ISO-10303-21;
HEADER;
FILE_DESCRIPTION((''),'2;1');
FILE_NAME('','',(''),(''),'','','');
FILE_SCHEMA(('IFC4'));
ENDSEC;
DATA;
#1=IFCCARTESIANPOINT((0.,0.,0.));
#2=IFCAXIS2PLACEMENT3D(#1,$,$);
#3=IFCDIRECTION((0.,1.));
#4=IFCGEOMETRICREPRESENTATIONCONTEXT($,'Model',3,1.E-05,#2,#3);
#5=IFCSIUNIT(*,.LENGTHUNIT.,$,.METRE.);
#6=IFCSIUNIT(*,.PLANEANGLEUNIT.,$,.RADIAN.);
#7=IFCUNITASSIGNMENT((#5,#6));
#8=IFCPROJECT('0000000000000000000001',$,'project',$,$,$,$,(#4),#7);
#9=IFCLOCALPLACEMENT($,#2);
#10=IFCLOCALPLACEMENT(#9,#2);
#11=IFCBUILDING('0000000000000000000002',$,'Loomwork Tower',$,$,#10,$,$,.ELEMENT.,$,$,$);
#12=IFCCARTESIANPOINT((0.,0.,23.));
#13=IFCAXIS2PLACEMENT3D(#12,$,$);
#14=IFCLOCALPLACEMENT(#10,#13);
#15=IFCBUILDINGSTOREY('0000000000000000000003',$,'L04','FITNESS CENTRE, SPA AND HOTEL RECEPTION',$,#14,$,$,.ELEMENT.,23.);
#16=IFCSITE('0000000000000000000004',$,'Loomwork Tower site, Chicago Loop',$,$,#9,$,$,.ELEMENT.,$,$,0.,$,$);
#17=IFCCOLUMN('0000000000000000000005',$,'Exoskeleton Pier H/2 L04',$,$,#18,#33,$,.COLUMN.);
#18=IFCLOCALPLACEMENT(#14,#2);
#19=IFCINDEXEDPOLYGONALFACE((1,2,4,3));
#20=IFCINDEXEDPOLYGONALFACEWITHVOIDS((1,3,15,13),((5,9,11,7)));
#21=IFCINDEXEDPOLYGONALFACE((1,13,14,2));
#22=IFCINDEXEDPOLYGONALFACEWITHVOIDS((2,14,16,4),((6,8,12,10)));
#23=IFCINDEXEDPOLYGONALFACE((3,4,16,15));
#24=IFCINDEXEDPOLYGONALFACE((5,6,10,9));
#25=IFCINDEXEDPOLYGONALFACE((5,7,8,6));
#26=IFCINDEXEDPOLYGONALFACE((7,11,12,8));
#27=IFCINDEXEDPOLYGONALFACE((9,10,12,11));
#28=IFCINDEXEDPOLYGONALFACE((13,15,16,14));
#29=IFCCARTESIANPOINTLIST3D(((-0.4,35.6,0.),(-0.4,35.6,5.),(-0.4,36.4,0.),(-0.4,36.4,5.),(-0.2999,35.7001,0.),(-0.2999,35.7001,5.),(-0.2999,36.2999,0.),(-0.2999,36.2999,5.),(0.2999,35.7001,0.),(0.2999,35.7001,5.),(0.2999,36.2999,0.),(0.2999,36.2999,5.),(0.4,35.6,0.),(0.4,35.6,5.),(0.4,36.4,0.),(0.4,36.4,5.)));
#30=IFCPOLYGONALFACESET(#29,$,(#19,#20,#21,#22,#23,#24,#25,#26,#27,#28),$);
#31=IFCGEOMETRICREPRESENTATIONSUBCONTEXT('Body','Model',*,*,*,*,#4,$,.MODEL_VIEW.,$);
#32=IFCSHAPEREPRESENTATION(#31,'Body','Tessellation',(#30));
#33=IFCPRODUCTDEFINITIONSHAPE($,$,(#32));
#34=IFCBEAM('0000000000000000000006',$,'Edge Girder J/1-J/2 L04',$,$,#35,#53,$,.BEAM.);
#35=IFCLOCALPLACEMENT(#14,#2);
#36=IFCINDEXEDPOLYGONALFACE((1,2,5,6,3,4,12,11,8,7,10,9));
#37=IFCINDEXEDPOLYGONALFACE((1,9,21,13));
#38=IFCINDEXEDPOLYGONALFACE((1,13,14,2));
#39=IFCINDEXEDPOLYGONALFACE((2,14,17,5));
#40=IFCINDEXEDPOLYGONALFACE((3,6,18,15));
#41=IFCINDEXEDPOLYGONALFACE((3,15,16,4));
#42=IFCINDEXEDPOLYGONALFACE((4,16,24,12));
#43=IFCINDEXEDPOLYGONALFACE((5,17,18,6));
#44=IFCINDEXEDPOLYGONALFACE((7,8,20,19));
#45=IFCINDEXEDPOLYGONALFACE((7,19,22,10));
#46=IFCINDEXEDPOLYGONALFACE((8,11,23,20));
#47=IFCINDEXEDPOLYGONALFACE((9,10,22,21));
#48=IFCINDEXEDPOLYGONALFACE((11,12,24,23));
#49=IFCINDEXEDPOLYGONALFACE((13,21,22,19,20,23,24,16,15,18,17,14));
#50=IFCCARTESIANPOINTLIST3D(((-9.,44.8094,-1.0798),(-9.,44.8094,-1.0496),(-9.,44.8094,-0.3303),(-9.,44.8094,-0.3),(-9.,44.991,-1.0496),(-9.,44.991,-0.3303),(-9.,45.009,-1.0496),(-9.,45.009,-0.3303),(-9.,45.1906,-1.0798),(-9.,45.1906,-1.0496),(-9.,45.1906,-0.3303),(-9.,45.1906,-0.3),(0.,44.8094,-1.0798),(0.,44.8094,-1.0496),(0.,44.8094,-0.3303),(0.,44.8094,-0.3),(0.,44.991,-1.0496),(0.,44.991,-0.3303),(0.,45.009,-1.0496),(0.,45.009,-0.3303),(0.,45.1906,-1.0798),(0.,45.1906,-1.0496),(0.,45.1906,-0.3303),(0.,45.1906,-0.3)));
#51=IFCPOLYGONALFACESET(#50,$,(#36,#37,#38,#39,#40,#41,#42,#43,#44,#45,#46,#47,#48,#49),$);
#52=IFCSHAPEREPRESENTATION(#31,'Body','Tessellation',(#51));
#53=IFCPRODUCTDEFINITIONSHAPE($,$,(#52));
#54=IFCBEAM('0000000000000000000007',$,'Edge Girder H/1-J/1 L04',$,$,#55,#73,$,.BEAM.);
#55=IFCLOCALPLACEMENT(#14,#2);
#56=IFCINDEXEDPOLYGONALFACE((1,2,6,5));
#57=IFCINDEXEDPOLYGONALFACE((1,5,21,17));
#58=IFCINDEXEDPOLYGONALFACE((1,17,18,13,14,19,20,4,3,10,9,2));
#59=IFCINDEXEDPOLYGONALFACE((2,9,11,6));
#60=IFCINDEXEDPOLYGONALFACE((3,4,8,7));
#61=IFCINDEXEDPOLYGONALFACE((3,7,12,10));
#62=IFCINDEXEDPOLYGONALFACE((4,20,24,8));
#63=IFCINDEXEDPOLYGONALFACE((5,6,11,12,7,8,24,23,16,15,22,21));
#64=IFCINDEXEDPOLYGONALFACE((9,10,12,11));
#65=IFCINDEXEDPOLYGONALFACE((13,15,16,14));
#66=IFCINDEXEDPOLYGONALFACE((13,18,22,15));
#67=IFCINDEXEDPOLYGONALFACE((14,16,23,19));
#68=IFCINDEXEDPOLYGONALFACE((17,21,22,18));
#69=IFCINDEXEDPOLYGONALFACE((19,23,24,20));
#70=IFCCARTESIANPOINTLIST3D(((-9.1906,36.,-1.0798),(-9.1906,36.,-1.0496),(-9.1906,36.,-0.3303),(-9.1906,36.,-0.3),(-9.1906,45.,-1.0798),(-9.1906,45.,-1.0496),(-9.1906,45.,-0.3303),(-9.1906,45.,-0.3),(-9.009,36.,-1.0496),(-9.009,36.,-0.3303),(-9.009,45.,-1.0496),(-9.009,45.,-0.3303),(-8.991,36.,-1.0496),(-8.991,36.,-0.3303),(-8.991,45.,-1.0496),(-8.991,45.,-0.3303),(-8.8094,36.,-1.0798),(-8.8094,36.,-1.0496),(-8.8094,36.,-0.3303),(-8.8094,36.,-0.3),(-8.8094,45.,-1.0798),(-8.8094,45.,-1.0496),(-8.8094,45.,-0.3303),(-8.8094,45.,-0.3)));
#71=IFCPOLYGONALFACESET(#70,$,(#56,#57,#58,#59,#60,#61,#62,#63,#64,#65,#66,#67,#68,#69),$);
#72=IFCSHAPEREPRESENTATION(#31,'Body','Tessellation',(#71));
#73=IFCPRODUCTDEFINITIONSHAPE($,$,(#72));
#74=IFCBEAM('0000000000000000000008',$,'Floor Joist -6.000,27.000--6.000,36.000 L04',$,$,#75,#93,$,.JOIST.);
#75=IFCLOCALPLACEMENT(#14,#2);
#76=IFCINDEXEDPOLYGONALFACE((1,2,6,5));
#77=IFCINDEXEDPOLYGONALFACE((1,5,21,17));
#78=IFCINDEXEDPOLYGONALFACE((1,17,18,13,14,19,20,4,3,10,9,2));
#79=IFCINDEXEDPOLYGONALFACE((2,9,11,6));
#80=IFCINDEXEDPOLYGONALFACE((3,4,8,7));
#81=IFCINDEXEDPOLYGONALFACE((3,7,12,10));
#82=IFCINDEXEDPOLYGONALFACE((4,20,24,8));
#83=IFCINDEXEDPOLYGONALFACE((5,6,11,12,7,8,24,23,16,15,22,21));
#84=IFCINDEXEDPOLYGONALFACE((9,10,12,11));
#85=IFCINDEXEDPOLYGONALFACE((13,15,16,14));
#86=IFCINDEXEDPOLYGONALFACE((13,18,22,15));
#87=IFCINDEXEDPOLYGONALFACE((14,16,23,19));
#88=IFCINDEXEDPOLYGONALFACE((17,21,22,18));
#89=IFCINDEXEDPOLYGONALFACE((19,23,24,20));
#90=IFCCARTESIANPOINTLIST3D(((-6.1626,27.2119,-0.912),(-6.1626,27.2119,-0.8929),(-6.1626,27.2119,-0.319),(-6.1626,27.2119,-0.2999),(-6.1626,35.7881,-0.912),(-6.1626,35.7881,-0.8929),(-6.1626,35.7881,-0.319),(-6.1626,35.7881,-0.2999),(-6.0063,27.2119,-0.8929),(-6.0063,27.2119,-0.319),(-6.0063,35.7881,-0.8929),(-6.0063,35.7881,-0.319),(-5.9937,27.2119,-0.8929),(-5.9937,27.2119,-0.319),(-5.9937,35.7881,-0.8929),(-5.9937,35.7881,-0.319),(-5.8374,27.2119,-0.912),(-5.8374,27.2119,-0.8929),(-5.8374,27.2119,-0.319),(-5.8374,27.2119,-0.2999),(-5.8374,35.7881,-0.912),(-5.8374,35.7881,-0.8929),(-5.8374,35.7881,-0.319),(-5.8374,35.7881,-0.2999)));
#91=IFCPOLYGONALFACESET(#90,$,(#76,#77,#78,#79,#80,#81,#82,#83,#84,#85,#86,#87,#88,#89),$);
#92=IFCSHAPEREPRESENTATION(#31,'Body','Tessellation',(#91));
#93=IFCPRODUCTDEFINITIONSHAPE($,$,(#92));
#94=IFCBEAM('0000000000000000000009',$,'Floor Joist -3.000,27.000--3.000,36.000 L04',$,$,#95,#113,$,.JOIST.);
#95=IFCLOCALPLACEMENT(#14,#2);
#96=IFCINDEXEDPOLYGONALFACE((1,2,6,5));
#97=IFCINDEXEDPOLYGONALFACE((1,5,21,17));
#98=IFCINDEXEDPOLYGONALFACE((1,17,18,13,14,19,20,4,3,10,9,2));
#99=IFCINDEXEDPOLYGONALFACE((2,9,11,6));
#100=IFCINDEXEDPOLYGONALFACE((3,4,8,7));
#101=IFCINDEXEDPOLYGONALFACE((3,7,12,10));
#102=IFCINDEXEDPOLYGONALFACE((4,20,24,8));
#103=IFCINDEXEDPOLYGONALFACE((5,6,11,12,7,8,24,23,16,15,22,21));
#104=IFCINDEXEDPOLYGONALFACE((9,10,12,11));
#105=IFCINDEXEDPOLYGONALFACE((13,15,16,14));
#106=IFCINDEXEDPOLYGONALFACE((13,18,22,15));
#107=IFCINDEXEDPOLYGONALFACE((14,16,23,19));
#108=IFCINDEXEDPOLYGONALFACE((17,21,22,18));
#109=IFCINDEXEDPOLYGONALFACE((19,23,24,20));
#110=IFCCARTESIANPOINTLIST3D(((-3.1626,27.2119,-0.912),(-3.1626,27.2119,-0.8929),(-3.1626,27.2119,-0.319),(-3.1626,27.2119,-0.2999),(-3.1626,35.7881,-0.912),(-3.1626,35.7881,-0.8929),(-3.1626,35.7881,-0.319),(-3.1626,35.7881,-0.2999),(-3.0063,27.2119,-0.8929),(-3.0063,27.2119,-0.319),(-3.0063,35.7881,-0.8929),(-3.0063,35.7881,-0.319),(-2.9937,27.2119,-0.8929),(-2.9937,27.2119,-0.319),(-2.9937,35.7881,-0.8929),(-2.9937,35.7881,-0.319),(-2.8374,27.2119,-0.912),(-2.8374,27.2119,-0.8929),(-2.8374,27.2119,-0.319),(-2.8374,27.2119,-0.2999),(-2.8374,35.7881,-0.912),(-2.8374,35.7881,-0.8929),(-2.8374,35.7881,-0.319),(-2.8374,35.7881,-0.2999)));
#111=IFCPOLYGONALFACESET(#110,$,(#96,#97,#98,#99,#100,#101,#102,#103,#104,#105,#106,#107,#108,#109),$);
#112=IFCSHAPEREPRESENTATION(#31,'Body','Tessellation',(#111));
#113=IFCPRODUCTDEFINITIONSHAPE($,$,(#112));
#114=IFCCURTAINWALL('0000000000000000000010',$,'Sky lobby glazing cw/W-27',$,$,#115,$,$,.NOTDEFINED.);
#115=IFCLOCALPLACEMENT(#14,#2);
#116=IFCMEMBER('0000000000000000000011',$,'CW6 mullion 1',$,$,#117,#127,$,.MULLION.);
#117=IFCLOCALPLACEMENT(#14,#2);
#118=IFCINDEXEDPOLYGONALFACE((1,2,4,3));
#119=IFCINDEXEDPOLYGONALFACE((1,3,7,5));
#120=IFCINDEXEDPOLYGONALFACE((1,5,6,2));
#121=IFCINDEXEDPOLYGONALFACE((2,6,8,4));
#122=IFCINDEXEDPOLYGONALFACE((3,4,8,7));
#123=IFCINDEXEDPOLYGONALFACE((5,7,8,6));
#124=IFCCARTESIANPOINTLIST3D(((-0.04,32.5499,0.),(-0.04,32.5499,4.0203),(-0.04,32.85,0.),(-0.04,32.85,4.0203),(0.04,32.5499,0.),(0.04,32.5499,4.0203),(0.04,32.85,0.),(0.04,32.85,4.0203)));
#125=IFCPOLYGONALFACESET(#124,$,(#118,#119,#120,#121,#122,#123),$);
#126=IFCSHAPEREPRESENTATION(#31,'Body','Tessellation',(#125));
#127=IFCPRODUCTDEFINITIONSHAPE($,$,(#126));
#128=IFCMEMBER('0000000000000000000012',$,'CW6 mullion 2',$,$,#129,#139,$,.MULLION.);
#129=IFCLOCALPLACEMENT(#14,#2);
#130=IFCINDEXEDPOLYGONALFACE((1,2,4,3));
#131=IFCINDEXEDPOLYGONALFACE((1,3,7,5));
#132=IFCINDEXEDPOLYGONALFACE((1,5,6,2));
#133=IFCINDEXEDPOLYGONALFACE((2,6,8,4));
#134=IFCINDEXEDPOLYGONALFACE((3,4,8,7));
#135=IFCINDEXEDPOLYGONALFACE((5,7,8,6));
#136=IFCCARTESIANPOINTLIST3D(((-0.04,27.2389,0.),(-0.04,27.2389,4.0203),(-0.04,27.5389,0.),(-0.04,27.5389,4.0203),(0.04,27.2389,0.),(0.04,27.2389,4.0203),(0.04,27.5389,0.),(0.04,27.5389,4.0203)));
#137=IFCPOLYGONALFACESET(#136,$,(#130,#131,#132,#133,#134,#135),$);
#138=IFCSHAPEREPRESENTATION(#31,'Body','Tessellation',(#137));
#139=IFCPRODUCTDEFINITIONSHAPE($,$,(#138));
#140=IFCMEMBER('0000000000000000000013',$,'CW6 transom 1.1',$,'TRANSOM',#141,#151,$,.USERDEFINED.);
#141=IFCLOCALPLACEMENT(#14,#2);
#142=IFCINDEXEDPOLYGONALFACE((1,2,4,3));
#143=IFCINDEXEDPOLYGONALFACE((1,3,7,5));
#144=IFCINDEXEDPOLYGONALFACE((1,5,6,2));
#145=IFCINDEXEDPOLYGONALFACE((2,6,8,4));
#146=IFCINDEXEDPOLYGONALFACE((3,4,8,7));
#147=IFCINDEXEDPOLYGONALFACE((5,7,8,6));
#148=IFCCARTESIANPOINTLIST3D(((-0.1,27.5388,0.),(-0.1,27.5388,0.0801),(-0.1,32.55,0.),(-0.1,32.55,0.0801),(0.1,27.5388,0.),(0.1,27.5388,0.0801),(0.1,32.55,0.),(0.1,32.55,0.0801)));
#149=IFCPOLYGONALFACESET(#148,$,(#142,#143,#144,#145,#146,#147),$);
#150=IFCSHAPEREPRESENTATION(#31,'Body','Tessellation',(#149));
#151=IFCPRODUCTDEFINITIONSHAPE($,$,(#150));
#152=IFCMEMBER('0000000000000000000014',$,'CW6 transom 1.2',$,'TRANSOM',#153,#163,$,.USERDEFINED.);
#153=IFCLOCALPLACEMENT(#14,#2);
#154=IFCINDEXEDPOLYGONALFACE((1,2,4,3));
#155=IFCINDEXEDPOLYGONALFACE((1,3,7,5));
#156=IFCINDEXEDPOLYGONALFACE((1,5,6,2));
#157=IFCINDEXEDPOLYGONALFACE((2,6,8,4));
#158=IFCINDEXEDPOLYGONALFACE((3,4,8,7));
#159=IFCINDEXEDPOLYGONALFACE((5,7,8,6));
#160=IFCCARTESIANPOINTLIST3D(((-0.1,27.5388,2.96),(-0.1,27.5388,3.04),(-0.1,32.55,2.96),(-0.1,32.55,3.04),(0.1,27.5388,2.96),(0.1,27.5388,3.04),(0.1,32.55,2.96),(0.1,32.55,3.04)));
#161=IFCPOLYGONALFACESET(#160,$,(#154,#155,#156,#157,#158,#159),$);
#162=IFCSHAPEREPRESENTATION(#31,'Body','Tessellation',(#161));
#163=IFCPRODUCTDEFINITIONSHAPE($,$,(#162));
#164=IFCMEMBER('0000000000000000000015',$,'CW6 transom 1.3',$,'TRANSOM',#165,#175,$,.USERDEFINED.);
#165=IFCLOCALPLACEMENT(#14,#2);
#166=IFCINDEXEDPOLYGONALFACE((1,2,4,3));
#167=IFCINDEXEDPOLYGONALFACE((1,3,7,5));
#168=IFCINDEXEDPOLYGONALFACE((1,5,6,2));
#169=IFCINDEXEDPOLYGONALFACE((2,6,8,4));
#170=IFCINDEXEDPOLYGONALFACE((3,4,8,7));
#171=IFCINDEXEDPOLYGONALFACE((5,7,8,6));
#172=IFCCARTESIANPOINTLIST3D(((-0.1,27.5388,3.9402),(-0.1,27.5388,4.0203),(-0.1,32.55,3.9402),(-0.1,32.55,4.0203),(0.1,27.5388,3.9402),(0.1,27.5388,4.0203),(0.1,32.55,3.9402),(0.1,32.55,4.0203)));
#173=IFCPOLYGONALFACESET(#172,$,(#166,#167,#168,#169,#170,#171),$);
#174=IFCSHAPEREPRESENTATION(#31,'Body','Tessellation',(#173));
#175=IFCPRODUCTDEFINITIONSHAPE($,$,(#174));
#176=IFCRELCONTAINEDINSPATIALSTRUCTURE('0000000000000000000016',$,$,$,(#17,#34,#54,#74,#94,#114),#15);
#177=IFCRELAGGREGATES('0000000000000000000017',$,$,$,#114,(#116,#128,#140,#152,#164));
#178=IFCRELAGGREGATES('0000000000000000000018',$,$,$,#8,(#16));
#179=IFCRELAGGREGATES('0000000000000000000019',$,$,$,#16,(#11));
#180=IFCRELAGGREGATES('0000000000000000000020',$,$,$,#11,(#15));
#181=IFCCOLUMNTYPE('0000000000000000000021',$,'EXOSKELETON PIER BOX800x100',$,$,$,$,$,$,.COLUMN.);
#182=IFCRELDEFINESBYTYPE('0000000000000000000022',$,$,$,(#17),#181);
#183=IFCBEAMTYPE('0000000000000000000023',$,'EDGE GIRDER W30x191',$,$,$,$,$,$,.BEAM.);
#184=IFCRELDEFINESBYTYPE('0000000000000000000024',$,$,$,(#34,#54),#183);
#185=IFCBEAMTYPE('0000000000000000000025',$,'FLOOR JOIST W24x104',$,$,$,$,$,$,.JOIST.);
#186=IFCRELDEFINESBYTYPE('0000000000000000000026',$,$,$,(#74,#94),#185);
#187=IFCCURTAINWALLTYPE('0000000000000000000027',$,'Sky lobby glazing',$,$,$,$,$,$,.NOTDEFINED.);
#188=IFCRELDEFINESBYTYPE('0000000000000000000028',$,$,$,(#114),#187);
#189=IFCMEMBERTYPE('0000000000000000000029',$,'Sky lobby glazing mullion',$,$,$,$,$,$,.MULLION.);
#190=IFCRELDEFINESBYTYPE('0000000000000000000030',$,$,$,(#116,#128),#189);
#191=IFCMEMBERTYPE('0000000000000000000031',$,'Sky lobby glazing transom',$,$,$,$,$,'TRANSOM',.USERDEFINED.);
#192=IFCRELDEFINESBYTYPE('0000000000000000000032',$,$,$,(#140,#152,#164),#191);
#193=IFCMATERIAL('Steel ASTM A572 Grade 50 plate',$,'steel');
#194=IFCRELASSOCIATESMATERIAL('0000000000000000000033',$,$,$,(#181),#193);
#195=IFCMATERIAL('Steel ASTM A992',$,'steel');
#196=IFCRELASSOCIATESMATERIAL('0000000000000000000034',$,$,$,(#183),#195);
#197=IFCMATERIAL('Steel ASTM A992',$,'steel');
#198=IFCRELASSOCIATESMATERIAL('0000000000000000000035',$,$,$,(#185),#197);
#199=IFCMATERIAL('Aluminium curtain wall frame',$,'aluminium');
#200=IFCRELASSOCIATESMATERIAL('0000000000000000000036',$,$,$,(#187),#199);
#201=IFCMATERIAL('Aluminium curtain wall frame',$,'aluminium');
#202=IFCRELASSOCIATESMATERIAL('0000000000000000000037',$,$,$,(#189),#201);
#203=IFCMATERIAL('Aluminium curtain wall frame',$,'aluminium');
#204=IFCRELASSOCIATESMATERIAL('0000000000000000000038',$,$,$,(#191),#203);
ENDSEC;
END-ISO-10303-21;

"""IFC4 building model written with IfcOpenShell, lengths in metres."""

from ifc_helpers import new_model, si_unit, direction, frame, origin, origin_2d, place, context, subcontext, project, spatial, rectangle, hollow_rectangle, i_section, extrude, material, material_profile, profile_set, type_object, element, aggregate, save


model = new_model("IFC4")

# Units and contexts
model_context = context("Model", 3, precision=1e-05, world=origin(), true_north=direction((0.0, 1.0)))
body_context = subcontext(model_context, "Body", "Model", "MODEL_VIEW")
ifc_project = project(units=[si_unit("LENGTHUNIT", "METRE"), si_unit("PLANEANGLEUNIT", "RADIAN")], contexts=[model_context])

# Site, building, storey
site_placement = place(None, origin())
site = spatial("IfcSite", under=ifc_project, at=site_placement, Name="Loomwork Tower site, Chicago Loop", CompositionType="ELEMENT", RefElevation=0.0)
building_placement = place(site_placement, origin())
building = spatial("IfcBuilding", under=site, at=building_placement, Name="Loomwork Tower", CompositionType="ELEMENT")
storey_placement = place(building_placement, frame((0.0, 0.0, 23.0)))
storey = spatial("IfcBuildingStorey", under=building, at=storey_placement, Name="L04", Description="FITNESS CENTRE, SPA AND HOTEL RECEPTION", CompositionType="ELEMENT", Elevation=23.0)

# Column
ifc_material_1 = material(Name="Steel ASTM A572 Grade 50 plate", Category="steel")
ifc_material_profile_1 = material_profile(ifc_material_1, hollow_rectangle(XDim=0.8, YDim=0.8, WallThickness=0.1001, at=origin_2d()), Name="BOX800x100")
ifc_profile_set_1 = profile_set([ifc_material_profile_1], Name="Steel ASTM A572 Grade 50 plate")
column_type = type_object("IfcColumnType", Name="EXOSKELETON PIER BOX800x100", PredefinedType="COLUMN", material=ifc_profile_set_1)
column_placement = place(storey_placement, frame((0.0, 36.0, 0.0), z_axis=(0.0, 0.0, 1.0), x_axis=(1.0, 0.0, 0.0)))
element("IfcColumn", 1, at=column_placement, inside=storey, type_object=column_type, Name="Exoskeleton Pier H/2 L04", PredefinedType="COLUMN", context=body_context, shape_type="SweptSolid", body=[
    extrude(hollow_rectangle(XDim=0.8, YDim=0.8, WallThickness=0.1001, at=origin_2d()), origin(), (0.0, 0.0, 1.0), 5.0),
])

# Beams
ifc_material_2 = material(Name="Steel ASTM A992", Category="steel")
ifc_material_profile_2 = material_profile(ifc_material_2, i_section(OverallWidth=0.3811, OverallDepth=0.7798, WebThickness=0.0181, FlangeThickness=0.0303, at=origin_2d()), Name="W30x191")
ifc_profile_set_2 = profile_set([ifc_material_profile_2], Name="Steel ASTM A992")
beam_type_1 = type_object("IfcBeamType", Name="EDGE GIRDER W30x191", PredefinedType="BEAM", material=ifc_profile_set_2)
for number, where, z_axis, x_axis, name in (
    (2, (-9.0, 45.0, -0.6899), (1.0, 0.0, 0.0), (0.0, 1.0, 0.0), "Edge Girder J/1-J/2 L04"),
    (3, (-9.0, 36.0, -0.6899), (0.0, 1.0, 0.0), (-1.0, 0.0, 0.0), "Edge Girder H/1-J/1 L04"),
):
    element("IfcBeam", number, at=place(storey_placement, frame(where, z_axis=z_axis, x_axis=x_axis)), inside=storey, type_object=beam_type_1, Name=name, PredefinedType="BEAM", context=body_context, shape_type="SweptSolid", body=[
        extrude(i_section(OverallWidth=0.3811, OverallDepth=0.7798, WebThickness=0.0181, FlangeThickness=0.0303, at=origin_2d()), origin(), (0.0, 0.0, 1.0), 9.0),
    ])
ifc_material_3 = material(Name="Steel ASTM A992", Category="steel")
ifc_material_profile_3 = material_profile(ifc_material_3, i_section(OverallWidth=0.3252, OverallDepth=0.6121, WebThickness=0.0127, FlangeThickness=0.019, at=origin_2d()), Name="W24x104")
ifc_profile_set_3 = profile_set([ifc_material_profile_3], Name="Steel ASTM A992")
beam_type_2 = type_object("IfcBeamType", Name="FLOOR JOIST W24x104", PredefinedType="JOIST", material=ifc_profile_set_3)
for number, where, z_axis, x_axis, name in (
    (4, (-6.0, 27.2119, -0.606), (0.0, 1.0, 0.0), (-1.0, 0.0, 0.0), "Floor Joist -6.000,27.000--6.000,36.000 L04"),
    (5, (-3.0, 27.2119, -0.606), (0.0, 1.0, 0.0), (-1.0, 0.0, 0.0), "Floor Joist -3.000,27.000--3.000,36.000 L04"),
):
    element("IfcBeam", number, at=place(storey_placement, frame(where, z_axis=z_axis, x_axis=x_axis)), inside=storey, type_object=beam_type_2, Name=name, PredefinedType="JOIST", context=body_context, shape_type="SweptSolid", body=[
        extrude(i_section(OverallWidth=0.3252, OverallDepth=0.6121, WebThickness=0.0127, FlangeThickness=0.019, at=origin_2d()), origin(), (0.0, 0.0, 1.0), 8.5762),
    ])

# Curtain wall, members
ifc_material_4 = material(Name="Aluminium curtain wall frame", Category="aluminium")
curtain_wall_type = type_object("IfcCurtainWallType", Name="Sky lobby glazing", PredefinedType="NOTDEFINED", material=ifc_material_4)
curtain_wall_placement = place(storey_placement, origin())
curtain_wall = element("IfcCurtainWall", 6, at=curtain_wall_placement, inside=storey, type_object=curtain_wall_type, Name="Sky lobby glazing cw/W-27", PredefinedType="NOTDEFINED")
ifc_material_5 = material(Name="Aluminium curtain wall frame", Category="aluminium")
ifc_material_profile_4 = material_profile(ifc_material_5, rectangle(XDim=0.0801, YDim=0.3, at=origin_2d()), Name="AL 80x300")
ifc_profile_set_4 = profile_set([ifc_material_profile_4], Name="Aluminium curtain wall frame")
member_type_1 = type_object("IfcMemberType", Name="Sky lobby glazing mullion", PredefinedType="MULLION", material=ifc_profile_set_4)
member_1_placement = place(storey_placement, frame((0.0, 32.7, 0.0), z_axis=(0.0, 0.0, 1.0), x_axis=(1.0, 0.0, 0.0)))
member_1 = element("IfcMember", 7, at=member_1_placement, type_object=member_type_1, Name="CW6 mullion 1", PredefinedType="MULLION", context=body_context, shape_type="SweptSolid", body=[
    extrude(rectangle(XDim=0.0801, YDim=0.3, at=origin_2d()), origin(), (0.0, 0.0, 1.0), 4.0203),
])
member_2_placement = place(storey_placement, frame((0.0, 27.3889, 0.0), z_axis=(0.0, 0.0, 1.0), x_axis=(1.0, 0.0, 0.0)))
member_2 = element("IfcMember", 8, at=member_2_placement, type_object=member_type_1, Name="CW6 mullion 2", PredefinedType="MULLION", context=body_context, shape_type="SweptSolid", body=[
    extrude(rectangle(XDim=0.0801, YDim=0.3, at=origin_2d()), origin(), (0.0, 0.0, 1.0), 4.0203),
])
ifc_material_6 = material(Name="Aluminium curtain wall frame", Category="aluminium")
ifc_material_profile_5 = material_profile(ifc_material_6, rectangle(XDim=0.2, YDim=0.0801, at=origin_2d()), Name="AL 80x200")
ifc_profile_set_5 = profile_set([ifc_material_profile_5], Name="Aluminium curtain wall frame")
member_type_2 = type_object("IfcMemberType", Name="Sky lobby glazing transom", ElementType="TRANSOM", PredefinedType="USERDEFINED", material=ifc_profile_set_5)
member_3_placement = place(storey_placement, frame((0.0, 32.55, 0.04), z_axis=(0.0, -1.0, 0.0), x_axis=(1.0, 0.0, 0.0)))
member_3 = element("IfcMember", 9, at=member_3_placement, type_object=member_type_2, Name="CW6 transom 1.1", ObjectType="TRANSOM", PredefinedType="USERDEFINED", context=body_context, shape_type="SweptSolid", body=[
    extrude(rectangle(XDim=0.2, YDim=0.0801, at=origin_2d()), origin(), (0.0, 0.0, 1.0), 5.0112),
])
member_4_placement = place(storey_placement, frame((0.0, 32.55, 3.0), z_axis=(0.0, -1.0, 0.0), x_axis=(1.0, 0.0, 0.0)))
member_4 = element("IfcMember", 10, at=member_4_placement, type_object=member_type_2, Name="CW6 transom 1.2", ObjectType="TRANSOM", PredefinedType="USERDEFINED", context=body_context, shape_type="SweptSolid", body=[
    extrude(rectangle(XDim=0.2, YDim=0.0801, at=origin_2d()), origin(), (0.0, 0.0, 1.0), 5.0112),
])
member_5_placement = place(storey_placement, frame((0.0, 32.55, 3.9802), z_axis=(0.0, -1.0, 0.0), x_axis=(1.0, 0.0, 0.0)))
member_5 = element("IfcMember", 11, at=member_5_placement, type_object=member_type_2, Name="CW6 transom 1.3", ObjectType="TRANSOM", PredefinedType="USERDEFINED", context=body_context, shape_type="SweptSolid", body=[
    extrude(rectangle(XDim=0.2, YDim=0.0801, at=origin_2d()), origin(), (0.0, 0.0, 1.0), 5.0112),
])

aggregate(curtain_wall, [member_1, member_2, member_3, member_4, member_5])

save(model, "model.ifc")
